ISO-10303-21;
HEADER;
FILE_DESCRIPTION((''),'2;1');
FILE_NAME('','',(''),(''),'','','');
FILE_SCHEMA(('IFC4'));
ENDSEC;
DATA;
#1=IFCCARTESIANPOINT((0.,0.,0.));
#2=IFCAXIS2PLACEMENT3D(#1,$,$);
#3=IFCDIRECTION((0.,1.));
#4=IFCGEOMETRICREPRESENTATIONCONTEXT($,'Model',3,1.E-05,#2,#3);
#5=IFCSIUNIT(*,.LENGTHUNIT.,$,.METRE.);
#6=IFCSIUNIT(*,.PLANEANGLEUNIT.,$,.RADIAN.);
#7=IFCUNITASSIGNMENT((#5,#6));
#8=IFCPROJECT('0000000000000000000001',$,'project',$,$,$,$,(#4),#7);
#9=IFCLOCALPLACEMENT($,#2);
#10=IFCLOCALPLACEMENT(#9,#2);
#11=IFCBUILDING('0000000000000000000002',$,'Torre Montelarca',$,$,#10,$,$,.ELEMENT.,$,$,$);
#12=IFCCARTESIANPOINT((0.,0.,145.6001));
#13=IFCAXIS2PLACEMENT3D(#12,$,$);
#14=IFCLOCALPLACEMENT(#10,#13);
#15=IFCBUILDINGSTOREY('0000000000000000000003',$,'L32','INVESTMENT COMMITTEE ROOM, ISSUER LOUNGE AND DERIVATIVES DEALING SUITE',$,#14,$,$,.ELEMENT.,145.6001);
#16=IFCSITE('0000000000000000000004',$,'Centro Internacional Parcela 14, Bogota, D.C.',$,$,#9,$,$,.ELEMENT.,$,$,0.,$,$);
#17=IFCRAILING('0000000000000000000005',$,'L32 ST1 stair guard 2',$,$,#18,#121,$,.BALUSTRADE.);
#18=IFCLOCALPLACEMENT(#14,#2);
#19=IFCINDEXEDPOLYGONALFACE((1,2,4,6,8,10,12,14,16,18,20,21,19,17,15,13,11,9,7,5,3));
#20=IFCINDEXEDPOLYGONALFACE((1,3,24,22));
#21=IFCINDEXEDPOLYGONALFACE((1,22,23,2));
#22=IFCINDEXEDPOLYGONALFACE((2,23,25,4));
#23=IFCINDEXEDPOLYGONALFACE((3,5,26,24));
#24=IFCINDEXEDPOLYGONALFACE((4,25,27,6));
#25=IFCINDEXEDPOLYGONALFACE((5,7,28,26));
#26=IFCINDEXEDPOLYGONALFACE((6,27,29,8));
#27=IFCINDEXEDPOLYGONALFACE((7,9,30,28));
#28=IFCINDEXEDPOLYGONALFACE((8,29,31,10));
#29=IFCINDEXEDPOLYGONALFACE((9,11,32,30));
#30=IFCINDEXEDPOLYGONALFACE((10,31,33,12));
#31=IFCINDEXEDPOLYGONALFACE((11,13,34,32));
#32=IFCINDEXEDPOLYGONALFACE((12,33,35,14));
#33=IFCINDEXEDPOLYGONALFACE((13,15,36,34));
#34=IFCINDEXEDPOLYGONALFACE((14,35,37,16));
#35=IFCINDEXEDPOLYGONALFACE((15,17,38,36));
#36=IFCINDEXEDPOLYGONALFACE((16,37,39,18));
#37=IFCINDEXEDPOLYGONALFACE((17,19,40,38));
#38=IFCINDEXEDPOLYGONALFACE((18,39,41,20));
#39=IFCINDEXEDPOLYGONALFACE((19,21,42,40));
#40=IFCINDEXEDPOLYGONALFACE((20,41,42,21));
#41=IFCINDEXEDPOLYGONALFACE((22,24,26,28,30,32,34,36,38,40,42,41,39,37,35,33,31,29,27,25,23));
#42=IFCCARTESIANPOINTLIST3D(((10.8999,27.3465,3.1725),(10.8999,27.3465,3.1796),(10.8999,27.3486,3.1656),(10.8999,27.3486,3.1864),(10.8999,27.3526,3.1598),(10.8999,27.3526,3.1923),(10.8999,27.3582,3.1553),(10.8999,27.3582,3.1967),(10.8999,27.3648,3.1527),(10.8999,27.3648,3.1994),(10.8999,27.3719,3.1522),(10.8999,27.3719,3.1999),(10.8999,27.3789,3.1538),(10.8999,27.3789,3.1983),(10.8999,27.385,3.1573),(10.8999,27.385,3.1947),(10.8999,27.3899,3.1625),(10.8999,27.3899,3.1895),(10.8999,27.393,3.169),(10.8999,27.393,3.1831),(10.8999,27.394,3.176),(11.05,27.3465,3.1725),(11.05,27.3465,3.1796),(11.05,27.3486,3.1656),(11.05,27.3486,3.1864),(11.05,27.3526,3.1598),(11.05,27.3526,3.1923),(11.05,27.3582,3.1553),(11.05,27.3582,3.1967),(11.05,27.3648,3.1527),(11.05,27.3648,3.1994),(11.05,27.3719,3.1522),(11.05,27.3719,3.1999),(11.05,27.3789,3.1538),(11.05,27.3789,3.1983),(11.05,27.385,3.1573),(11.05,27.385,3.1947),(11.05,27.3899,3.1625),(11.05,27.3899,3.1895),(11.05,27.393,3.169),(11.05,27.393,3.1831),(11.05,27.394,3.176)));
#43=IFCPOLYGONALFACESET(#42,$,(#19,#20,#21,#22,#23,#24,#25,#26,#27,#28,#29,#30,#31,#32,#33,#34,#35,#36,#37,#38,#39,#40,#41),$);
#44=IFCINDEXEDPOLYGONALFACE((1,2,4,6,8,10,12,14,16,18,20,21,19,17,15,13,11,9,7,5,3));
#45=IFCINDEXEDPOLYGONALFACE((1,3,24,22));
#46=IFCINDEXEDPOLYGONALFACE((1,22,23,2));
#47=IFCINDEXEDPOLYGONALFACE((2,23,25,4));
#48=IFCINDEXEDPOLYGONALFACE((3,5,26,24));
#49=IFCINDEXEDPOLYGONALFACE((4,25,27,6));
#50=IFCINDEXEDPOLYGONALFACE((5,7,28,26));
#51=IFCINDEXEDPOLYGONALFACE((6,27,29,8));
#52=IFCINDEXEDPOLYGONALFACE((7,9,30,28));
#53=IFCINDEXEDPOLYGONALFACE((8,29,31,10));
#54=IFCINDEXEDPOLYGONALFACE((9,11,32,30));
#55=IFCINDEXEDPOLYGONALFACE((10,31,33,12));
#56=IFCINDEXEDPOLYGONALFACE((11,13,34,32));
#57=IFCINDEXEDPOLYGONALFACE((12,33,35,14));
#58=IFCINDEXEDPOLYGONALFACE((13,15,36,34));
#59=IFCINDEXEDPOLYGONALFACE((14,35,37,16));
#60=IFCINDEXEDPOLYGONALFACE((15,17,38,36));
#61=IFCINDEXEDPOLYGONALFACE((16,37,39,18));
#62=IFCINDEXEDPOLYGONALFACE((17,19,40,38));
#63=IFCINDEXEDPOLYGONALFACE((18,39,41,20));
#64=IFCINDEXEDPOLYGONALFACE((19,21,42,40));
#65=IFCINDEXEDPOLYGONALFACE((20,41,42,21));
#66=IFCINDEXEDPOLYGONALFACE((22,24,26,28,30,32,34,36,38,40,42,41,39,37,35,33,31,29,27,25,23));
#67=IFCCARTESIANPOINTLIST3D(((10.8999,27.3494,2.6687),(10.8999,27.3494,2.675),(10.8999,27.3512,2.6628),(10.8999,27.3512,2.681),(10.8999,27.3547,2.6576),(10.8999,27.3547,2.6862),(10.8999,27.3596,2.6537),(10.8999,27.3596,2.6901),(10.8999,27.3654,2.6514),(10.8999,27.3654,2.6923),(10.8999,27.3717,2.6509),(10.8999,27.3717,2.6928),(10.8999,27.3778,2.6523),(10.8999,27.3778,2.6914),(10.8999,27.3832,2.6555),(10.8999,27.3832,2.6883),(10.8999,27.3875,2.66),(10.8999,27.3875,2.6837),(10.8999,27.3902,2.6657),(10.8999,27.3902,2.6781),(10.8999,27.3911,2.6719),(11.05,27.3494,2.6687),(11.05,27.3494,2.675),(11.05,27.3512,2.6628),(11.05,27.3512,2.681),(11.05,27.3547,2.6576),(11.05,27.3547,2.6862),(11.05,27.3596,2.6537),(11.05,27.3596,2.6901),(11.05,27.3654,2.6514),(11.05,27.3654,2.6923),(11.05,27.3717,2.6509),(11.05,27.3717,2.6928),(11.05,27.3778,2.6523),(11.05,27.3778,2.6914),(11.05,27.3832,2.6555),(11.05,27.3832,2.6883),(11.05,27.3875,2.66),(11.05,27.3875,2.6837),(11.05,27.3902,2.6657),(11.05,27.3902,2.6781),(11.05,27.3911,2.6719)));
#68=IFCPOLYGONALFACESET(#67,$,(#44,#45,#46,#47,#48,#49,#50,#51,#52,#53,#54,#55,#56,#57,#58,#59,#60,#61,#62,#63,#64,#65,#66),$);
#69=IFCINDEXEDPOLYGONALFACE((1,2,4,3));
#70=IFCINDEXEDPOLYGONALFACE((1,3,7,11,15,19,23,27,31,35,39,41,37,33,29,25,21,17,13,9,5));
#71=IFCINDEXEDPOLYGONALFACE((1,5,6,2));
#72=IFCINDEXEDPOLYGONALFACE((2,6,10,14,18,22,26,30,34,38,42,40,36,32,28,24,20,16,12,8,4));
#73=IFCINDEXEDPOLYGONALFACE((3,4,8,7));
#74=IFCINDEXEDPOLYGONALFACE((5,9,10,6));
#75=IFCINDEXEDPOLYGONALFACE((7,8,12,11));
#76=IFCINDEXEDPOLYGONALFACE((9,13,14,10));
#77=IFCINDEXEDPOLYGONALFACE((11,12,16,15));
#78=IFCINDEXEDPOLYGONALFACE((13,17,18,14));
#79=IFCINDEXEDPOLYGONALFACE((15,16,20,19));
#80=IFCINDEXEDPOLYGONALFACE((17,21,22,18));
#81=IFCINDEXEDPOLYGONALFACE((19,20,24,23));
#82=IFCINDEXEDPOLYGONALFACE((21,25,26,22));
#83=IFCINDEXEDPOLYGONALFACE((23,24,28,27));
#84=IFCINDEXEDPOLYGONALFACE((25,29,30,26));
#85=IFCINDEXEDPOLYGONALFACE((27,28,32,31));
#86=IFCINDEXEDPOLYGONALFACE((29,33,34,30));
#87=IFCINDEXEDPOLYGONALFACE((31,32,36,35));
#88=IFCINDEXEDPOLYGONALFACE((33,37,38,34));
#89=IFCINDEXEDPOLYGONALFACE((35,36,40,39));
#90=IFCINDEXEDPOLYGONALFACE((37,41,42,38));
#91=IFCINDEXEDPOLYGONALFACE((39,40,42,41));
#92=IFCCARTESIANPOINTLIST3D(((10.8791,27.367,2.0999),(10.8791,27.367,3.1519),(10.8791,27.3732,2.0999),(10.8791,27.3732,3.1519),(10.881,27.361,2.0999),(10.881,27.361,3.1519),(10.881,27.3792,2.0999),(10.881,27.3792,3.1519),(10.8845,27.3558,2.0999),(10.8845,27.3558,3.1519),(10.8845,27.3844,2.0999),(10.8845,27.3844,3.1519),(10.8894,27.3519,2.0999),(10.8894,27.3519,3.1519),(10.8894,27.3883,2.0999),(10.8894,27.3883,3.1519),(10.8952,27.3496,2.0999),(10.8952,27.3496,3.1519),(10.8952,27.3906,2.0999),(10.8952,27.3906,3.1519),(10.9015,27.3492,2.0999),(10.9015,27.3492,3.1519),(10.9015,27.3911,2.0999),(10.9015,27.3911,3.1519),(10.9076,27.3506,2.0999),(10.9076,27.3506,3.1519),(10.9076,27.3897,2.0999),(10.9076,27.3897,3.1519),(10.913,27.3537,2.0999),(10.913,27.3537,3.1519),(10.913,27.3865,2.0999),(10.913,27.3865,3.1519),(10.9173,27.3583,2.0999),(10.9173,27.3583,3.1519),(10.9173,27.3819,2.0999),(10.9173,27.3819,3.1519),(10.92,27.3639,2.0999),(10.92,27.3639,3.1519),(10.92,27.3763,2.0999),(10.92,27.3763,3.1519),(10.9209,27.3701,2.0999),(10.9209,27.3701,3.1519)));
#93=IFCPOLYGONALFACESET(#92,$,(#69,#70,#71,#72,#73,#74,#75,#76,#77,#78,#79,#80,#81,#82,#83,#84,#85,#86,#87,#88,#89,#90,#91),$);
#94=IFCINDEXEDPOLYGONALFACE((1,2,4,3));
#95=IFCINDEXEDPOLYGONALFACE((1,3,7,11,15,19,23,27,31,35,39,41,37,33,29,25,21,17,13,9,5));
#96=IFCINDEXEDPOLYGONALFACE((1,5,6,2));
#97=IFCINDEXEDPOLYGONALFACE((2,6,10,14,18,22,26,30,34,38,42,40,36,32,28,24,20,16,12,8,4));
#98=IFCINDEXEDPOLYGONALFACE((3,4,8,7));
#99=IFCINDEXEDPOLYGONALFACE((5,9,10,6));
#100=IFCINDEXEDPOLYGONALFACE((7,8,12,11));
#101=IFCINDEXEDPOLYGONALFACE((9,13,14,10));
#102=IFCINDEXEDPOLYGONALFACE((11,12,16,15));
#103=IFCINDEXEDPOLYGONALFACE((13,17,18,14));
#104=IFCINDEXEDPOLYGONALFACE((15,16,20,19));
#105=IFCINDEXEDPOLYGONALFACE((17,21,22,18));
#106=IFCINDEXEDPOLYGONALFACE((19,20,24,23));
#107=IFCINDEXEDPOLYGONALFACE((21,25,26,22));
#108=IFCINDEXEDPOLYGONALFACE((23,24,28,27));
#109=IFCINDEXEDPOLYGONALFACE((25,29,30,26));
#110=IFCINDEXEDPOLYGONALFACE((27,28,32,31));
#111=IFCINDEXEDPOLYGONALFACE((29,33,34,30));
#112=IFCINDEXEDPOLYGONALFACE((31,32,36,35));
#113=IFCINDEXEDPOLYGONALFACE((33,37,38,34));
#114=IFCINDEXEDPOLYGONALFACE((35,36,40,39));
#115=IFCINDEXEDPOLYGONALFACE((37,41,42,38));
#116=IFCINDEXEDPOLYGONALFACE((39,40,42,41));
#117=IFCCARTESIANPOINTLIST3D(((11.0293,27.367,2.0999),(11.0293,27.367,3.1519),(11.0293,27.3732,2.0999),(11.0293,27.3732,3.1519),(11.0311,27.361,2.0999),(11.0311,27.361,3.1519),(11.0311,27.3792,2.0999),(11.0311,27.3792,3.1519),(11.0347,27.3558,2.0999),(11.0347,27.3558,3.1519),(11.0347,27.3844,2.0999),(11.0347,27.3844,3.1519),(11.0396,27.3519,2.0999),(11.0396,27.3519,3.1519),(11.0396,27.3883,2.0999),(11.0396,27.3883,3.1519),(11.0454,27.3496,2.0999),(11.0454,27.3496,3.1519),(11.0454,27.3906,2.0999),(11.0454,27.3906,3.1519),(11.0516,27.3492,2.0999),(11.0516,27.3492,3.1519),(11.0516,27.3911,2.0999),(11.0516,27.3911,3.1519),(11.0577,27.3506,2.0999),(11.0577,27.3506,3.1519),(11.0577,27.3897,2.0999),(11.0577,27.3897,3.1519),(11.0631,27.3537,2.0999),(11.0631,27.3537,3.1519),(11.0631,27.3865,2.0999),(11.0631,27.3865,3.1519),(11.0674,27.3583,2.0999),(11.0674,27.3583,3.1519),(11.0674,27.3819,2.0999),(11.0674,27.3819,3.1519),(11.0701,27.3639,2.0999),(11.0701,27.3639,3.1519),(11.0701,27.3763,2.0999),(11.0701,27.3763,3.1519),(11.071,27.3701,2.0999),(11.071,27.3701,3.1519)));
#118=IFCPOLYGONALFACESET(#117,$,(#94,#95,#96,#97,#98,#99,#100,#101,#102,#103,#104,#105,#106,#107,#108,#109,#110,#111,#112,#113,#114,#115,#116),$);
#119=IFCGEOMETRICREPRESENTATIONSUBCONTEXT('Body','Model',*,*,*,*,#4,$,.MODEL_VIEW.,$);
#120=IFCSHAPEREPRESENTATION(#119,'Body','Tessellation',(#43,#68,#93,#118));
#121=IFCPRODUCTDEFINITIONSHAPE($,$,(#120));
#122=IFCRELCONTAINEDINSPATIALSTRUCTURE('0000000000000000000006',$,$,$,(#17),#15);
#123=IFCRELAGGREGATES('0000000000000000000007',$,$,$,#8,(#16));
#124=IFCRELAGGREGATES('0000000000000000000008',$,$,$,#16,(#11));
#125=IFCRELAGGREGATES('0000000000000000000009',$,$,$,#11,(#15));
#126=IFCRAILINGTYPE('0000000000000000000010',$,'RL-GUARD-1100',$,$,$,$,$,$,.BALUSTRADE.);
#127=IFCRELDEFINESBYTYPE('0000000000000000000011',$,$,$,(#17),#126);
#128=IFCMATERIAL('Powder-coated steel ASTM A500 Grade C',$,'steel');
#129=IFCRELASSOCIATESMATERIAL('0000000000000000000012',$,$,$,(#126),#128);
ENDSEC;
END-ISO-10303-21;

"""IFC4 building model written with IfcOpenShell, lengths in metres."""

from ifc_helpers import new_model, si_unit, direction, frame, origin, origin_2d, place, context, subcontext, project, spatial, circle, extrude, material, type_object, element, save


model = new_model("IFC4")

# Units and contexts
model_context = context("Model", 3, precision=1e-05, world=origin(), true_north=direction((0.0, 1.0)))
body_context = subcontext(model_context, "Body", "Model", "MODEL_VIEW")
ifc_project = project(units=[si_unit("LENGTHUNIT", "METRE"), si_unit("PLANEANGLEUNIT", "RADIAN")], contexts=[model_context])

# Site, building, storey
site_placement = place(None, origin())
site = spatial("IfcSite", under=ifc_project, at=site_placement, Name="Centro Internacional Parcela 14, Bogota, D.C.", CompositionType="ELEMENT", RefElevation=0.0)
building_placement = place(site_placement, origin())
building = spatial("IfcBuilding", under=site, at=building_placement, Name="Torre Montelarca", CompositionType="ELEMENT")
storey_placement = place(building_placement, frame((0.0, 0.0, 145.6001)))
storey = spatial("IfcBuildingStorey", under=building, at=storey_placement, Name="L32", Description="INVESTMENT COMMITTEE ROOM, ISSUER LOUNGE AND DERIVATIVES DEALING SUITE", CompositionType="ELEMENT", Elevation=145.6001)

# Railing
ifc_material_1 = material(Name="Powder-coated steel ASTM A500 Grade C", Category="steel")
railing_type_1 = type_object("IfcRailingType", Name="RL-GUARD-1100", PredefinedType="BALUSTRADE", material=ifc_material_1)
railing_1_placement = place(storey_placement, frame((10.8999, 27.3701, 2.0999)))
element("IfcRailing", 1, at=railing_1_placement, inside=storey, type_object=railing_type_1, Name="L32 ST1 stair guard 2", PredefinedType="BALUSTRADE", context=body_context, shape_type="SweptSolid", body=[
    extrude(circle(Radius=0.0239, at=origin_2d()), frame((0.0, 0.0, 1.0762), z_axis=(1.0, 0.0, 0.0), x_axis=(0.0, 1.0, 0.0)), (0.0, 0.0, 1.0), 0.1501),
    extrude(circle(Radius=0.021, at=origin_2d()), frame((0.0, 0.0, 0.572), z_axis=(1.0, 0.0, 0.0), x_axis=(0.0, 1.0, 0.0)), (0.0, 0.0, 1.0), 0.1501),
    extrude(circle(Radius=0.021, at=origin_2d()), origin(), (0.0, 0.0, 1.0), 1.052),
    extrude(circle(Radius=0.021, at=origin_2d()), frame((0.1501, 0.0, 0.0)), (0.0, 0.0, 1.0), 1.052),
])

save(model, "model.ifc")
